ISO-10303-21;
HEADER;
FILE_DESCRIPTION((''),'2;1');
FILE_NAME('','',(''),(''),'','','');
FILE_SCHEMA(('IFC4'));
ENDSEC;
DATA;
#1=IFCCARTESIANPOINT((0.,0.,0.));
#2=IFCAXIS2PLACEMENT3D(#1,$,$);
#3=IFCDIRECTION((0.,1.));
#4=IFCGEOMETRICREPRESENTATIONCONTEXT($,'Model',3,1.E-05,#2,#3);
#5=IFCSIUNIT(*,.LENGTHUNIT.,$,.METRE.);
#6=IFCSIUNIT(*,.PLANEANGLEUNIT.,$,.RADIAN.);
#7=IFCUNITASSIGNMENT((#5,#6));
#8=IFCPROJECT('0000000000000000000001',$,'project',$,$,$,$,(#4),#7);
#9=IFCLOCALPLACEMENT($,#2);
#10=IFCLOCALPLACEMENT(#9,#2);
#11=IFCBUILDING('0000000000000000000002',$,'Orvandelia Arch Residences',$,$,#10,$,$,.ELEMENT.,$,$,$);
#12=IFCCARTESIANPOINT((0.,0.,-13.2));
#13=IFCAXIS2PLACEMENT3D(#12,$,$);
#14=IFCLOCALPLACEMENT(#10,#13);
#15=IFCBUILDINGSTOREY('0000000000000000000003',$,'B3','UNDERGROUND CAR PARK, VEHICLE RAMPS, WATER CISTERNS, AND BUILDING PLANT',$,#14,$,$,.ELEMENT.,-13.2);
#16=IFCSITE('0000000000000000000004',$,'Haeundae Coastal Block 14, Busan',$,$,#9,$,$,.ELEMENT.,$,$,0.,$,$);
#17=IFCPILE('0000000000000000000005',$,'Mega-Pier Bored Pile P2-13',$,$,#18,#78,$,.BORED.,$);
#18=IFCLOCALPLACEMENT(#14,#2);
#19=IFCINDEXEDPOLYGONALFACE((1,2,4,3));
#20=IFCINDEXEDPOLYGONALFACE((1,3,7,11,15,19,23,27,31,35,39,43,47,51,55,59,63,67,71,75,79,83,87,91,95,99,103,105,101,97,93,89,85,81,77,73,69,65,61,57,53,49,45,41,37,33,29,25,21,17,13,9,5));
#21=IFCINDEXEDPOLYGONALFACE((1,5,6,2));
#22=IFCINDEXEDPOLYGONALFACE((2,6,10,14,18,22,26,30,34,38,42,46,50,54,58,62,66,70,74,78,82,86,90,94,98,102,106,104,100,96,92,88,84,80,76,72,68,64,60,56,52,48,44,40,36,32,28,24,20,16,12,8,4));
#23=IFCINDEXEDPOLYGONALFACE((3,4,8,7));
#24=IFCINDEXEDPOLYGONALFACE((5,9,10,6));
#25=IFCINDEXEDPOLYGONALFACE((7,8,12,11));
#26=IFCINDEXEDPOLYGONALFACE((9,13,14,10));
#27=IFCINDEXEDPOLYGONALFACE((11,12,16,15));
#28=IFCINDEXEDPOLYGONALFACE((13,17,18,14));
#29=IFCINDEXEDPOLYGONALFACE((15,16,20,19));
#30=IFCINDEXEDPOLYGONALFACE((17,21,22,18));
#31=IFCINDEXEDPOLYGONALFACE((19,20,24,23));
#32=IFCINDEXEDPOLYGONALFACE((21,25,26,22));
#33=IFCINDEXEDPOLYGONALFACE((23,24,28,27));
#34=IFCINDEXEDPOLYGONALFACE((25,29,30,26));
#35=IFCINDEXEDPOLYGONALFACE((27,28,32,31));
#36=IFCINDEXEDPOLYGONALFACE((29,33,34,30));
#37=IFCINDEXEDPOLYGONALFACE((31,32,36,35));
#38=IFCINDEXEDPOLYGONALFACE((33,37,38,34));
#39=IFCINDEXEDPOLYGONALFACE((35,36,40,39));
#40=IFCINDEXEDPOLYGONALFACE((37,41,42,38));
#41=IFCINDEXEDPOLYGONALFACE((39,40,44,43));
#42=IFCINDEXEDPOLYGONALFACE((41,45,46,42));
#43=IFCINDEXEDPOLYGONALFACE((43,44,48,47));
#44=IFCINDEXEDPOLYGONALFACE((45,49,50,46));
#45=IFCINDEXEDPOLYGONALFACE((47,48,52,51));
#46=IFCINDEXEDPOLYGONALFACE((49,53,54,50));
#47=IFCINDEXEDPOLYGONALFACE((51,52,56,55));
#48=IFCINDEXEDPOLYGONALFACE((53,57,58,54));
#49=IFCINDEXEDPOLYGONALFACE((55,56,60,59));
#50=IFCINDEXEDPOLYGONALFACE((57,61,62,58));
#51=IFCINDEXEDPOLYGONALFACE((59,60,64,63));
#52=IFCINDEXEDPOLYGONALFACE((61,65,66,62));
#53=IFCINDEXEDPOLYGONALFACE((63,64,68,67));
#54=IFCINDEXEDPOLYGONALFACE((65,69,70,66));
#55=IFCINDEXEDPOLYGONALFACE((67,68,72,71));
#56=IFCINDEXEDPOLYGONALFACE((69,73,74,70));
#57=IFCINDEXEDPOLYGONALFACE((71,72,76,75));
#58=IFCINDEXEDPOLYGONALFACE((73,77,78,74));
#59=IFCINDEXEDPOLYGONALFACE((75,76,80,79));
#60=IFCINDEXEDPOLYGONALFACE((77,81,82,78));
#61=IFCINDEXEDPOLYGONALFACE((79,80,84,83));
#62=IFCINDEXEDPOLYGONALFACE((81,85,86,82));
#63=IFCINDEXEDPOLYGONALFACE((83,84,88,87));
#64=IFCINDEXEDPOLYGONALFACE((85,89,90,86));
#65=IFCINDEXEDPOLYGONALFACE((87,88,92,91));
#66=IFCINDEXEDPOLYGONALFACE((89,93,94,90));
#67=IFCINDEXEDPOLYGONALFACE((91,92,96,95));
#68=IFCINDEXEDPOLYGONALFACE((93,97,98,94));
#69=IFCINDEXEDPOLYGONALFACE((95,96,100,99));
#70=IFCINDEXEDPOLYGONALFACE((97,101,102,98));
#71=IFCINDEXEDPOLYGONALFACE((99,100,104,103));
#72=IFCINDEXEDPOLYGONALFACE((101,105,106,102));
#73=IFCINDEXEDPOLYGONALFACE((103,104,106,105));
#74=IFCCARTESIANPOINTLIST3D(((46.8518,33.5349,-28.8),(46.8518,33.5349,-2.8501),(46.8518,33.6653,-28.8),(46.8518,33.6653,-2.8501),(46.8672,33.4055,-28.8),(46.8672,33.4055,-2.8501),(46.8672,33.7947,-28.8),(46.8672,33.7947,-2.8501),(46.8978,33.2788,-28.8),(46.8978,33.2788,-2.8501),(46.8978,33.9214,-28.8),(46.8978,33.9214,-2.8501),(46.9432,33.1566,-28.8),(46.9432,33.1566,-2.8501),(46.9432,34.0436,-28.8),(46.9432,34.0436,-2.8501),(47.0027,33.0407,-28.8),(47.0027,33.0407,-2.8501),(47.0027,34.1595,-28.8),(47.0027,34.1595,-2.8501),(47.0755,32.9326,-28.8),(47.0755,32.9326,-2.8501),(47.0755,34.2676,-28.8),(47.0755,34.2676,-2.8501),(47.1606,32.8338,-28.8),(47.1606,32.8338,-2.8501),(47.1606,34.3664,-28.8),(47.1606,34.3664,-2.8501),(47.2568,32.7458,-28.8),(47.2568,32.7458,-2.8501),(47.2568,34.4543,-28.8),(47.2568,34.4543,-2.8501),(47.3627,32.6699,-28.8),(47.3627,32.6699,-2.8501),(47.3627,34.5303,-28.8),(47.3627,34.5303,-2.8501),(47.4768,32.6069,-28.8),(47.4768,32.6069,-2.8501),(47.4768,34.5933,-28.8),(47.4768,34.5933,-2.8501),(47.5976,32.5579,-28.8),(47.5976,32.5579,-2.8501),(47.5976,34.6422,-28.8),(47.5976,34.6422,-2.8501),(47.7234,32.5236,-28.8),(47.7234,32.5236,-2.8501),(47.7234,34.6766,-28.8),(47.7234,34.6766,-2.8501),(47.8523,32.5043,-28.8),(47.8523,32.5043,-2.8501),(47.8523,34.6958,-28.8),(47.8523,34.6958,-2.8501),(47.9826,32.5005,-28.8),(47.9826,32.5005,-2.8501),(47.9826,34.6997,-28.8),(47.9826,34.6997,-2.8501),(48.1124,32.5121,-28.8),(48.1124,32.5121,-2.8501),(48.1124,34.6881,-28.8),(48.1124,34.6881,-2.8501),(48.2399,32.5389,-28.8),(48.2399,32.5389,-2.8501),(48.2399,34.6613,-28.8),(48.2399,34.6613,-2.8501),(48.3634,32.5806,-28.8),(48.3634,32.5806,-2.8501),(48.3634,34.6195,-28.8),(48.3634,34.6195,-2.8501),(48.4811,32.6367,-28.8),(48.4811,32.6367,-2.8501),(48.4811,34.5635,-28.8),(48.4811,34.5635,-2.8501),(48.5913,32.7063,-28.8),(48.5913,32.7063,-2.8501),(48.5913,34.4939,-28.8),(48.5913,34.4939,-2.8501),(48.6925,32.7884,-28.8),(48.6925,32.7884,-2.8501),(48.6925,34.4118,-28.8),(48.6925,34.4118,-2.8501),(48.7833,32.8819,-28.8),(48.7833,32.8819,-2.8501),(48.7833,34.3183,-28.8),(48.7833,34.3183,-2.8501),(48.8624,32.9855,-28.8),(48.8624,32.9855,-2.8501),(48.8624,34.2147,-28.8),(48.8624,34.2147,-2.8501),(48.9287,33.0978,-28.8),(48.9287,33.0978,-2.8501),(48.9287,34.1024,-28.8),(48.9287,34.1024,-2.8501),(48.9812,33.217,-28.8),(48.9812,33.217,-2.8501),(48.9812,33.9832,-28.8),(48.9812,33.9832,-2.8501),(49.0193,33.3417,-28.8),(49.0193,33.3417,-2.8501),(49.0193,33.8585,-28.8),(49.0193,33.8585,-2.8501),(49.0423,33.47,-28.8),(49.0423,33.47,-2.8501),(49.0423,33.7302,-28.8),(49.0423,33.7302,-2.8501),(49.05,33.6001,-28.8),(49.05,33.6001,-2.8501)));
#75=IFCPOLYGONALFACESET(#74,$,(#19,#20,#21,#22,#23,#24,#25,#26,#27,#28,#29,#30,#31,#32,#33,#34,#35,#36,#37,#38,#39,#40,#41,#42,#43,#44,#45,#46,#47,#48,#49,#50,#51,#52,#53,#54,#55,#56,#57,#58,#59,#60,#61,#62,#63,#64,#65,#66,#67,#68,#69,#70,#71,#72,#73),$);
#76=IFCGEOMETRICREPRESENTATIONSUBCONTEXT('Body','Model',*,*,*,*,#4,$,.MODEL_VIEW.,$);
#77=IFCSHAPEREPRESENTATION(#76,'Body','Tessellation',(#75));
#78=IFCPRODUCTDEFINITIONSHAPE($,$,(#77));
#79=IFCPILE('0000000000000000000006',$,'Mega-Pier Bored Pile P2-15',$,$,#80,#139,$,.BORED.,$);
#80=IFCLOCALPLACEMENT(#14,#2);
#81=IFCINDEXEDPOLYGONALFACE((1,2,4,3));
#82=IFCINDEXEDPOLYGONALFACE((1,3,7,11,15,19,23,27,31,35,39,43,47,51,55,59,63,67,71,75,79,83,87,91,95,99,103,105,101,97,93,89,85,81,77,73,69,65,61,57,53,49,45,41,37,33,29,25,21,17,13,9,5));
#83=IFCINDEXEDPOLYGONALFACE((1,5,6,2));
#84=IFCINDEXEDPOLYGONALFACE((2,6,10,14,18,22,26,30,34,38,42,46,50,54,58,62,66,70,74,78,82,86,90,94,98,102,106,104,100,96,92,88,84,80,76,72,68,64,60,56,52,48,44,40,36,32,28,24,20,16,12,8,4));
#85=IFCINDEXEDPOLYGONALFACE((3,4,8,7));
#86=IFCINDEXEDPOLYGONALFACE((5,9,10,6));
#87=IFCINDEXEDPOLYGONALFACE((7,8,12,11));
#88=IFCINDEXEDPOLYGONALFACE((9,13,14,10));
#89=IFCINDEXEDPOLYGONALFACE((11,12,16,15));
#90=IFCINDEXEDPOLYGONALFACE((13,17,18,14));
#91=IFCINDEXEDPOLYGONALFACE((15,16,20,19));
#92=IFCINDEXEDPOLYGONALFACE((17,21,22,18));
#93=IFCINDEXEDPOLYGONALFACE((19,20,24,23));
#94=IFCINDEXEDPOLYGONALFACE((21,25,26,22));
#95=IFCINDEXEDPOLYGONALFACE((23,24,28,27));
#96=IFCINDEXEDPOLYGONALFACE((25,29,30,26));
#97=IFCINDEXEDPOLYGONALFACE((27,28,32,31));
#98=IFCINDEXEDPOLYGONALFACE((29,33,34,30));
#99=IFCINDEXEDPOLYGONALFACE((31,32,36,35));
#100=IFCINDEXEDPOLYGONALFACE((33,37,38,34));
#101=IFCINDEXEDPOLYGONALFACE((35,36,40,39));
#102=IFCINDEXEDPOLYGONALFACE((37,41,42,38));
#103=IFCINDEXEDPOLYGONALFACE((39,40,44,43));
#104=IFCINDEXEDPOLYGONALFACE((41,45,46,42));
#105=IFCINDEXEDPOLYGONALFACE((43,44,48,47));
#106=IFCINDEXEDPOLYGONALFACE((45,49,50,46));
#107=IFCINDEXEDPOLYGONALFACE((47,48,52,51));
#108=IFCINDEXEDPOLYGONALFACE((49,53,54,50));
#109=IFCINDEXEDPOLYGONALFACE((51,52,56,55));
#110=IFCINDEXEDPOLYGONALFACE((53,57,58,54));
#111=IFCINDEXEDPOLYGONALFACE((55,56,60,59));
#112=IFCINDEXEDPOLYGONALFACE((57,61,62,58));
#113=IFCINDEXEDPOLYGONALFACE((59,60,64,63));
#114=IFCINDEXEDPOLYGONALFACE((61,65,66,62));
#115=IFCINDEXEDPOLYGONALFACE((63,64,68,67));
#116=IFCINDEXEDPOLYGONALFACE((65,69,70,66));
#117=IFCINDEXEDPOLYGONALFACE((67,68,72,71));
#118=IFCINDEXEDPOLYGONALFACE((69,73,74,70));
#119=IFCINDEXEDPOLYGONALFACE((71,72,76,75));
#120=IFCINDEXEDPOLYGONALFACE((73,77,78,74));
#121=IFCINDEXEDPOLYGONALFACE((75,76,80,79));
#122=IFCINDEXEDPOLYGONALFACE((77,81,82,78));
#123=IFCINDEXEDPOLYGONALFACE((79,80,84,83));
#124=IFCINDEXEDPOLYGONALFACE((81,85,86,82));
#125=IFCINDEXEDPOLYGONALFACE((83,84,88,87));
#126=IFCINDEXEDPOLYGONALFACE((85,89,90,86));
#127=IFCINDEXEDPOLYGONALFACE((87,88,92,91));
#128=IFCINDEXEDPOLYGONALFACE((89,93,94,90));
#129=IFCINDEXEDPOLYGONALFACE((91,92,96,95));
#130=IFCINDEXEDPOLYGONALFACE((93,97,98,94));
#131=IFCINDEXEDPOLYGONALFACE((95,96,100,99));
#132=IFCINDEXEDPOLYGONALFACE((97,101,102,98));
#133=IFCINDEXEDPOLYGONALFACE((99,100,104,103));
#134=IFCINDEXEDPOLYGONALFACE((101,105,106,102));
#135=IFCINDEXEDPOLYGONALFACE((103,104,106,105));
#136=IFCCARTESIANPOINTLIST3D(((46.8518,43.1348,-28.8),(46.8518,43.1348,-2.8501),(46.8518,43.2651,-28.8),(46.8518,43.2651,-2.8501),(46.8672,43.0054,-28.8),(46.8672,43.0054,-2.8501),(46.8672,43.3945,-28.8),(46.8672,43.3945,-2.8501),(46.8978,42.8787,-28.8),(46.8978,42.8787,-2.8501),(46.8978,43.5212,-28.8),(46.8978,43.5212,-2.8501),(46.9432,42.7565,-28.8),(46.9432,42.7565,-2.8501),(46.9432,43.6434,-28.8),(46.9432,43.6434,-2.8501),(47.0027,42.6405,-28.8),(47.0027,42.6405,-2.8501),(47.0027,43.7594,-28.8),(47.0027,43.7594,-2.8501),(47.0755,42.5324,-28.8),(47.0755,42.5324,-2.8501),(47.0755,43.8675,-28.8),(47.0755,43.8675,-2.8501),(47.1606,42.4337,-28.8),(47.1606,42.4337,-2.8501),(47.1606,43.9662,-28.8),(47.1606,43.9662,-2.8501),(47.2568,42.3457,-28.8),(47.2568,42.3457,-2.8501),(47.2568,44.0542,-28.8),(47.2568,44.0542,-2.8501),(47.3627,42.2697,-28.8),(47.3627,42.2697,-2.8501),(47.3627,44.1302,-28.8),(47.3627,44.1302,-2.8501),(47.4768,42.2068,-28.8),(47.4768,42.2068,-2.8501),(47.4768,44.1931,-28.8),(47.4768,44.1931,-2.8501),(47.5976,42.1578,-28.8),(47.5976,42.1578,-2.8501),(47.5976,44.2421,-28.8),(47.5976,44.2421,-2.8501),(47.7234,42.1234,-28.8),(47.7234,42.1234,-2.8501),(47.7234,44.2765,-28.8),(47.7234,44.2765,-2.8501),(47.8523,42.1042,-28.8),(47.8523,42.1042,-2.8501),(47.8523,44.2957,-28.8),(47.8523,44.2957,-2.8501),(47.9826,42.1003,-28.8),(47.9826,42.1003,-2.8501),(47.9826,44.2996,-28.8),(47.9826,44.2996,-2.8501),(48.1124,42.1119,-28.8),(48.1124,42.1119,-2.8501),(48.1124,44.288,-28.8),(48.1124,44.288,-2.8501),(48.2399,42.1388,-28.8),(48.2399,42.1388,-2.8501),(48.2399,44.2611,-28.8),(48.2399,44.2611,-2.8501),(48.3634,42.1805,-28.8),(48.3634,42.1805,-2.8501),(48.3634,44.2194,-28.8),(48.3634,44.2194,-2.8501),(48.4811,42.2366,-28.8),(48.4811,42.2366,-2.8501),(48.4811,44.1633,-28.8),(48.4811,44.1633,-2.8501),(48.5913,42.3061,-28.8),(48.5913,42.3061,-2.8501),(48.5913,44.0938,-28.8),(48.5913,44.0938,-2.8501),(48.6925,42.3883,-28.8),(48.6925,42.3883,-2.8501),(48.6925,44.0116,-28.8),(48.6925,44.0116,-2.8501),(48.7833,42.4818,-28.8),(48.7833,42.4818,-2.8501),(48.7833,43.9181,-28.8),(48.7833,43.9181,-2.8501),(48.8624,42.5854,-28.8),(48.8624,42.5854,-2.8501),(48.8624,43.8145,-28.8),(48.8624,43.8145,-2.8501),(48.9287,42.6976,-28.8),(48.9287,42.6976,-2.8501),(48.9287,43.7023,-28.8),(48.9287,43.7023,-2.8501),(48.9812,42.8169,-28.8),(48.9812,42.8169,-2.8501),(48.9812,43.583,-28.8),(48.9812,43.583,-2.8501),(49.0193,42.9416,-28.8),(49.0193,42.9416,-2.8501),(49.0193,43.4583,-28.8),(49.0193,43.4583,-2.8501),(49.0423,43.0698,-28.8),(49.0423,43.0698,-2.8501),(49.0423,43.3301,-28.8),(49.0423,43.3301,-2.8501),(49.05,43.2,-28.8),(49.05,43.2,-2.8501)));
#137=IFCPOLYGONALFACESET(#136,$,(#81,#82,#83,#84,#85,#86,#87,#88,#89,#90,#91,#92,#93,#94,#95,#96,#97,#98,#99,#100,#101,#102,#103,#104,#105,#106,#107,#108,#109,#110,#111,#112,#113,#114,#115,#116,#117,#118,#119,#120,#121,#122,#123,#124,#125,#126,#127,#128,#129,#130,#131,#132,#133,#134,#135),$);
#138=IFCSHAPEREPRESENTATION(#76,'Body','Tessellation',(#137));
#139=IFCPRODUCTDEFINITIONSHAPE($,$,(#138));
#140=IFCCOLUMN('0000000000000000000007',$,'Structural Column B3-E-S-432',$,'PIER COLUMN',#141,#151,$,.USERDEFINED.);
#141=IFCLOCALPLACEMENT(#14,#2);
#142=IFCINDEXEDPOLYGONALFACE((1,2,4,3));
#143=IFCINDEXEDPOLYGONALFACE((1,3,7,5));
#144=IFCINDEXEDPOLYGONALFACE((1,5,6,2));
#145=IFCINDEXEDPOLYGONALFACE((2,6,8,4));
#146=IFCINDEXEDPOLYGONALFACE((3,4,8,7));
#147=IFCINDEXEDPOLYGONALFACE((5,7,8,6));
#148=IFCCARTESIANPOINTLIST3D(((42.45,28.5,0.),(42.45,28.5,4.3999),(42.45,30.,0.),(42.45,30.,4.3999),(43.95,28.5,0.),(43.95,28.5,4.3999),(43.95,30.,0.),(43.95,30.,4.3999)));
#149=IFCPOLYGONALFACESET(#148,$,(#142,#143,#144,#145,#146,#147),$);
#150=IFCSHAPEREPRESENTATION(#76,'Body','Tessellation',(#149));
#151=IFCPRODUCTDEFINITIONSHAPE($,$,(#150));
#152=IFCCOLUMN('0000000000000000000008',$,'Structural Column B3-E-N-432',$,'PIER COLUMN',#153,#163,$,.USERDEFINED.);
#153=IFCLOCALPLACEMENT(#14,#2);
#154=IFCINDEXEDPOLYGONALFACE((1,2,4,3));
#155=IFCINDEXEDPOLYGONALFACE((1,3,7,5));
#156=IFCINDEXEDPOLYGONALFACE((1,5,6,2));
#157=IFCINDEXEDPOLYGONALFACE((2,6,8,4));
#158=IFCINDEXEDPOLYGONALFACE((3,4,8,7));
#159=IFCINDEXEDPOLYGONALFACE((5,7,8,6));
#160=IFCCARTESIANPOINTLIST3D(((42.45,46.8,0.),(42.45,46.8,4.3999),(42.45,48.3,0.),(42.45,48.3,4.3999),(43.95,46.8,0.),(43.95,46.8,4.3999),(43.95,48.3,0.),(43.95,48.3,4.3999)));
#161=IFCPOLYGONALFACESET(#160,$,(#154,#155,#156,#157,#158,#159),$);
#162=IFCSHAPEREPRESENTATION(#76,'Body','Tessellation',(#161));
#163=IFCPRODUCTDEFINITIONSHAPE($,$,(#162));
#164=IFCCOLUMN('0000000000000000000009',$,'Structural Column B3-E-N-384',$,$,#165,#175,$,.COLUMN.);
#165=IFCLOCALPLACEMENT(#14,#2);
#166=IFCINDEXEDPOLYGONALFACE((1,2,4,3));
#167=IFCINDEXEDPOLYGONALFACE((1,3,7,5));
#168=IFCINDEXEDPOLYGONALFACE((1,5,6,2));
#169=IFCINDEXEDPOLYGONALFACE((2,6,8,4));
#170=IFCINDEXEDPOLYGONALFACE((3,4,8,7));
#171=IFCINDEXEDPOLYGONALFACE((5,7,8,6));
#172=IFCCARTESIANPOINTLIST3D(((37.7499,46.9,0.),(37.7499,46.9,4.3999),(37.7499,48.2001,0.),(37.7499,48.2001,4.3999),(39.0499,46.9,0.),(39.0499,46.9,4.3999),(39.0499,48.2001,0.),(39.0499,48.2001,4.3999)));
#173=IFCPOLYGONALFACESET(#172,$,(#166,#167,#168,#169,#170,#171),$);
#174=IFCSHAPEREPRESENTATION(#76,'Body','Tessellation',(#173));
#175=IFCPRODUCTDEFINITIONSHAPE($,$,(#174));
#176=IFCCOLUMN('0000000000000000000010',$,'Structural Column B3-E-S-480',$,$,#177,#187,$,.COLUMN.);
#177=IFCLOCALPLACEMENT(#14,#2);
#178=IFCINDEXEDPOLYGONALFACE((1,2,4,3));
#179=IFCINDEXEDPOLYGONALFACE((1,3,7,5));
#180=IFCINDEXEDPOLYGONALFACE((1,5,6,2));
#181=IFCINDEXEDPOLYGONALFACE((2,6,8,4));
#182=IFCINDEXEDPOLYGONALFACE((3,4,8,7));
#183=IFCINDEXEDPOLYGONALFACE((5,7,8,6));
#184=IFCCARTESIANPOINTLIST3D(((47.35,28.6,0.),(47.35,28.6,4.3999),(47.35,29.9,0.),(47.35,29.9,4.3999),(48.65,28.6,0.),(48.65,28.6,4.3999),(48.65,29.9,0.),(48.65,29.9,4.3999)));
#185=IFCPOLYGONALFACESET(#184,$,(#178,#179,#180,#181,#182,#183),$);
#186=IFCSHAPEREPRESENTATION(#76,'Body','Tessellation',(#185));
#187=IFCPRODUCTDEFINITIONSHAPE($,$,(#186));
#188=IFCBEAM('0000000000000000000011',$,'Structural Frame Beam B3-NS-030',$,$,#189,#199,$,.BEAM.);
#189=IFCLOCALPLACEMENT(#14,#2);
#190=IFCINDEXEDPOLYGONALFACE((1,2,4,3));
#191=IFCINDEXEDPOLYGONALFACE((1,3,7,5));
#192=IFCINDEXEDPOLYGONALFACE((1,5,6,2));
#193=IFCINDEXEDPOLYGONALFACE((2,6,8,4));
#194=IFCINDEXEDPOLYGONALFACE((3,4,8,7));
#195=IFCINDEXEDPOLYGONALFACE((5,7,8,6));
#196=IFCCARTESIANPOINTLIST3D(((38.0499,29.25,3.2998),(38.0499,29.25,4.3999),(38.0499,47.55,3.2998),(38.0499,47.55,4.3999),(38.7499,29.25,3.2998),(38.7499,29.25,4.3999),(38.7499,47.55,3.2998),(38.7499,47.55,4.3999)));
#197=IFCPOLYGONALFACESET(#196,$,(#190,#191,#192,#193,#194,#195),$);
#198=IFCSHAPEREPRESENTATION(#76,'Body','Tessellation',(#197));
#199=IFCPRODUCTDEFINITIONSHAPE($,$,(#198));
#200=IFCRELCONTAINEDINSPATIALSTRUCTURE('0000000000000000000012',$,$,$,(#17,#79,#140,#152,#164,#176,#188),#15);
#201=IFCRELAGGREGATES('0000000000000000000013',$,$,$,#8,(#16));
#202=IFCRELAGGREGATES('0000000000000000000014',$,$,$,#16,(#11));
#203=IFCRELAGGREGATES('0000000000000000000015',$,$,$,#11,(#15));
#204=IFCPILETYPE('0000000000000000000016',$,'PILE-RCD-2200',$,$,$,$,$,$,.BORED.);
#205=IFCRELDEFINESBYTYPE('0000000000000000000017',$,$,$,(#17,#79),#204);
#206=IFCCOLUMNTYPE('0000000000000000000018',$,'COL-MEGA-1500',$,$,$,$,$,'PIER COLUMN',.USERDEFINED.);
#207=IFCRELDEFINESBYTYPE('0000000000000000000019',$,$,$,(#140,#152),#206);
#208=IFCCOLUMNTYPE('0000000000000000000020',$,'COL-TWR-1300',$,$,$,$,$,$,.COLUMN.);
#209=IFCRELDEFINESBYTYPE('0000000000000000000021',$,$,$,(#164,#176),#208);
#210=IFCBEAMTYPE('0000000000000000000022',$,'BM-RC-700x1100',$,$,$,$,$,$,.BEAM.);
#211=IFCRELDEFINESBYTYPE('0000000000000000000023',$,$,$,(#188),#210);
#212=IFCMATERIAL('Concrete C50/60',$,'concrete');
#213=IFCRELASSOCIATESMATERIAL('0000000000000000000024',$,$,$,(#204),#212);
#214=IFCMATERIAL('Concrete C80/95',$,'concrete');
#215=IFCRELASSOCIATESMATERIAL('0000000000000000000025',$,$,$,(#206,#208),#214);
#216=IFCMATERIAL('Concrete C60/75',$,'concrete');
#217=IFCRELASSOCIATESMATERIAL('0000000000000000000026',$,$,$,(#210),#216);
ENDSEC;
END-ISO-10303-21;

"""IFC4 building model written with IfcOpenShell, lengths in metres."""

from ifc_helpers import new_model, si_unit, direction, frame, origin, origin_2d, place, context, subcontext, project, spatial, rectangle, circle, extrude, material, material_profile, profile_set, type_object, element, save


model = new_model("IFC4")

# Units and contexts
model_context = context("Model", 3, precision=1e-05, world=origin(), true_north=direction((0.0, 1.0)))
body_context = subcontext(model_context, "Body", "Model", "MODEL_VIEW")
ifc_project = project(units=[si_unit("LENGTHUNIT", "METRE"), si_unit("PLANEANGLEUNIT", "RADIAN")], contexts=[model_context])

# Site, building, storey
site_placement = place(None, origin())
site = spatial("IfcSite", under=ifc_project, at=site_placement, Name="Haeundae Coastal Block 14, Busan", CompositionType="ELEMENT", RefElevation=0.0)
building_placement = place(site_placement, origin())
building = spatial("IfcBuilding", under=site, at=building_placement, Name="Orvandelia Arch Residences", CompositionType="ELEMENT")
storey_placement = place(building_placement, frame((0.0, 0.0, -13.2)))
storey = spatial("IfcBuildingStorey", under=building, at=storey_placement, Name="B3", Description="UNDERGROUND CAR PARK, VEHICLE RAMPS, WATER CISTERNS, AND BUILDING PLANT", CompositionType="ELEMENT", Elevation=-13.2)

# Shared definitions
ifc_material_1 = material(Name="Concrete C50/60", Category="concrete")

# Piles
ifc_material_profile_1 = material_profile(ifc_material_1, circle(Radius=1.1001, at=origin_2d()), Name="Concrete C50/60", Category="concrete")
ifc_profile_set_1 = profile_set([ifc_material_profile_1], Name="Concrete C50/60")
pile_type = type_object("IfcPileType", Name="PILE-RCD-2200", PredefinedType="BORED", material=ifc_profile_set_1)
for number, where, z_axis, x_axis, name in (
    (1, (47.95, 33.6001, -2.8501), (0.0, 0.0, -1.0), (1.0, 0.0, 0.0), "Mega-Pier Bored Pile P2-13"),
    (2, (47.95, 43.2, -2.8501), (0.0, 0.0, -1.0), (1.0, 0.0, 0.0), "Mega-Pier Bored Pile P2-15"),
):
    element("IfcPile", number, at=place(storey_placement, frame(where, z_axis=z_axis, x_axis=x_axis)), inside=storey, type_object=pile_type, Name=name, PredefinedType="BORED", context=body_context, shape_type="SweptSolid", body=[
        extrude(circle(Radius=1.1001, at=origin_2d()), origin(), (0.0, 0.0, 1.0), 25.95),
    ])

# Columns
ifc_material_2 = material(Name="Concrete C80/95", Category="concrete")
ifc_material_profile_2 = material_profile(ifc_material_2, rectangle(XDim=1.5, YDim=1.5, at=origin_2d()), Name="Concrete C80/95", Category="concrete")
ifc_profile_set_2 = profile_set([ifc_material_profile_2], Name="Concrete C80/95")
column_type_1 = type_object("IfcColumnType", Name="COL-MEGA-1500", ElementType="PIER COLUMN", PredefinedType="USERDEFINED", material=ifc_profile_set_2)
for number, where, z_axis, x_axis, name in (
    (3, (43.2, 29.25, 0.0), (0.0, 0.0, 1.0), (1.0, 0.0, 0.0), "Structural Column B3-E-S-432"),
    (4, (43.2, 47.55, 0.0), (0.0, 0.0, 1.0), (1.0, 0.0, 0.0), "Structural Column B3-E-N-432"),
):
    element("IfcColumn", number, at=place(storey_placement, frame(where, z_axis=z_axis, x_axis=x_axis)), inside=storey, type_object=column_type_1, Name=name, ObjectType="PIER COLUMN", PredefinedType="USERDEFINED", context=body_context, shape_type="SweptSolid", body=[
        extrude(rectangle(XDim=1.5, YDim=1.5, at=origin_2d()), origin(), (0.0, 0.0, 1.0), 4.3999),
    ])
ifc_material_profile_3 = material_profile(ifc_material_2, rectangle(XDim=1.3, YDim=1.3, at=origin_2d()), Name="Concrete C80/95", Category="concrete")
ifc_profile_set_3 = profile_set([ifc_material_profile_3], Name="Concrete C80/95")
column_type_2 = type_object("IfcColumnType", Name="COL-TWR-1300", PredefinedType="COLUMN", material=ifc_profile_set_3)
for number, where, z_axis, x_axis, name in (
    (5, (38.3999, 47.55, 0.0), (0.0, 0.0, 1.0), (1.0, 0.0, 0.0), "Structural Column B3-E-N-384"),
    (6, (48.0, 29.25, 0.0), (0.0, 0.0, 1.0), (1.0, 0.0, 0.0), "Structural Column B3-E-S-480"),
):
    element("IfcColumn", number, at=place(storey_placement, frame(where, z_axis=z_axis, x_axis=x_axis)), inside=storey, type_object=column_type_2, Name=name, PredefinedType="COLUMN", context=body_context, shape_type="SweptSolid", body=[
        extrude(rectangle(XDim=1.3, YDim=1.3, at=origin_2d()), origin(), (0.0, 0.0, 1.0), 4.3999),
    ])

# Beam
ifc_material_3 = material(Name="Concrete C60/75", Category="concrete")
ifc_material_profile_4 = material_profile(ifc_material_3, rectangle(XDim=0.7, YDim=1.1001, at=origin_2d()), Name="Concrete C60/75", Category="concrete")
ifc_profile_set_4 = profile_set([ifc_material_profile_4], Name="Concrete C60/75")
beam_type = type_object("IfcBeamType", Name="BM-RC-700x1100", PredefinedType="BEAM", material=ifc_profile_set_4)
for number, where, z_axis, x_axis, name in (
    (7, (38.3999, 29.25, 3.8499), (0.0, 1.0, 0.0), (-1.0, 0.0, 0.0), "Structural Frame Beam B3-NS-030"),
):
    element("IfcBeam", number, at=place(storey_placement, frame(where, z_axis=z_axis, x_axis=x_axis)), inside=storey, type_object=beam_type, Name=name, PredefinedType="BEAM", context=body_context, shape_type="SweptSolid", body=[
        extrude(rectangle(XDim=0.7, YDim=1.1001, at=origin_2d()), origin(), (0.0, 0.0, 1.0), 18.3),
    ])

save(model, "model.ifc")
